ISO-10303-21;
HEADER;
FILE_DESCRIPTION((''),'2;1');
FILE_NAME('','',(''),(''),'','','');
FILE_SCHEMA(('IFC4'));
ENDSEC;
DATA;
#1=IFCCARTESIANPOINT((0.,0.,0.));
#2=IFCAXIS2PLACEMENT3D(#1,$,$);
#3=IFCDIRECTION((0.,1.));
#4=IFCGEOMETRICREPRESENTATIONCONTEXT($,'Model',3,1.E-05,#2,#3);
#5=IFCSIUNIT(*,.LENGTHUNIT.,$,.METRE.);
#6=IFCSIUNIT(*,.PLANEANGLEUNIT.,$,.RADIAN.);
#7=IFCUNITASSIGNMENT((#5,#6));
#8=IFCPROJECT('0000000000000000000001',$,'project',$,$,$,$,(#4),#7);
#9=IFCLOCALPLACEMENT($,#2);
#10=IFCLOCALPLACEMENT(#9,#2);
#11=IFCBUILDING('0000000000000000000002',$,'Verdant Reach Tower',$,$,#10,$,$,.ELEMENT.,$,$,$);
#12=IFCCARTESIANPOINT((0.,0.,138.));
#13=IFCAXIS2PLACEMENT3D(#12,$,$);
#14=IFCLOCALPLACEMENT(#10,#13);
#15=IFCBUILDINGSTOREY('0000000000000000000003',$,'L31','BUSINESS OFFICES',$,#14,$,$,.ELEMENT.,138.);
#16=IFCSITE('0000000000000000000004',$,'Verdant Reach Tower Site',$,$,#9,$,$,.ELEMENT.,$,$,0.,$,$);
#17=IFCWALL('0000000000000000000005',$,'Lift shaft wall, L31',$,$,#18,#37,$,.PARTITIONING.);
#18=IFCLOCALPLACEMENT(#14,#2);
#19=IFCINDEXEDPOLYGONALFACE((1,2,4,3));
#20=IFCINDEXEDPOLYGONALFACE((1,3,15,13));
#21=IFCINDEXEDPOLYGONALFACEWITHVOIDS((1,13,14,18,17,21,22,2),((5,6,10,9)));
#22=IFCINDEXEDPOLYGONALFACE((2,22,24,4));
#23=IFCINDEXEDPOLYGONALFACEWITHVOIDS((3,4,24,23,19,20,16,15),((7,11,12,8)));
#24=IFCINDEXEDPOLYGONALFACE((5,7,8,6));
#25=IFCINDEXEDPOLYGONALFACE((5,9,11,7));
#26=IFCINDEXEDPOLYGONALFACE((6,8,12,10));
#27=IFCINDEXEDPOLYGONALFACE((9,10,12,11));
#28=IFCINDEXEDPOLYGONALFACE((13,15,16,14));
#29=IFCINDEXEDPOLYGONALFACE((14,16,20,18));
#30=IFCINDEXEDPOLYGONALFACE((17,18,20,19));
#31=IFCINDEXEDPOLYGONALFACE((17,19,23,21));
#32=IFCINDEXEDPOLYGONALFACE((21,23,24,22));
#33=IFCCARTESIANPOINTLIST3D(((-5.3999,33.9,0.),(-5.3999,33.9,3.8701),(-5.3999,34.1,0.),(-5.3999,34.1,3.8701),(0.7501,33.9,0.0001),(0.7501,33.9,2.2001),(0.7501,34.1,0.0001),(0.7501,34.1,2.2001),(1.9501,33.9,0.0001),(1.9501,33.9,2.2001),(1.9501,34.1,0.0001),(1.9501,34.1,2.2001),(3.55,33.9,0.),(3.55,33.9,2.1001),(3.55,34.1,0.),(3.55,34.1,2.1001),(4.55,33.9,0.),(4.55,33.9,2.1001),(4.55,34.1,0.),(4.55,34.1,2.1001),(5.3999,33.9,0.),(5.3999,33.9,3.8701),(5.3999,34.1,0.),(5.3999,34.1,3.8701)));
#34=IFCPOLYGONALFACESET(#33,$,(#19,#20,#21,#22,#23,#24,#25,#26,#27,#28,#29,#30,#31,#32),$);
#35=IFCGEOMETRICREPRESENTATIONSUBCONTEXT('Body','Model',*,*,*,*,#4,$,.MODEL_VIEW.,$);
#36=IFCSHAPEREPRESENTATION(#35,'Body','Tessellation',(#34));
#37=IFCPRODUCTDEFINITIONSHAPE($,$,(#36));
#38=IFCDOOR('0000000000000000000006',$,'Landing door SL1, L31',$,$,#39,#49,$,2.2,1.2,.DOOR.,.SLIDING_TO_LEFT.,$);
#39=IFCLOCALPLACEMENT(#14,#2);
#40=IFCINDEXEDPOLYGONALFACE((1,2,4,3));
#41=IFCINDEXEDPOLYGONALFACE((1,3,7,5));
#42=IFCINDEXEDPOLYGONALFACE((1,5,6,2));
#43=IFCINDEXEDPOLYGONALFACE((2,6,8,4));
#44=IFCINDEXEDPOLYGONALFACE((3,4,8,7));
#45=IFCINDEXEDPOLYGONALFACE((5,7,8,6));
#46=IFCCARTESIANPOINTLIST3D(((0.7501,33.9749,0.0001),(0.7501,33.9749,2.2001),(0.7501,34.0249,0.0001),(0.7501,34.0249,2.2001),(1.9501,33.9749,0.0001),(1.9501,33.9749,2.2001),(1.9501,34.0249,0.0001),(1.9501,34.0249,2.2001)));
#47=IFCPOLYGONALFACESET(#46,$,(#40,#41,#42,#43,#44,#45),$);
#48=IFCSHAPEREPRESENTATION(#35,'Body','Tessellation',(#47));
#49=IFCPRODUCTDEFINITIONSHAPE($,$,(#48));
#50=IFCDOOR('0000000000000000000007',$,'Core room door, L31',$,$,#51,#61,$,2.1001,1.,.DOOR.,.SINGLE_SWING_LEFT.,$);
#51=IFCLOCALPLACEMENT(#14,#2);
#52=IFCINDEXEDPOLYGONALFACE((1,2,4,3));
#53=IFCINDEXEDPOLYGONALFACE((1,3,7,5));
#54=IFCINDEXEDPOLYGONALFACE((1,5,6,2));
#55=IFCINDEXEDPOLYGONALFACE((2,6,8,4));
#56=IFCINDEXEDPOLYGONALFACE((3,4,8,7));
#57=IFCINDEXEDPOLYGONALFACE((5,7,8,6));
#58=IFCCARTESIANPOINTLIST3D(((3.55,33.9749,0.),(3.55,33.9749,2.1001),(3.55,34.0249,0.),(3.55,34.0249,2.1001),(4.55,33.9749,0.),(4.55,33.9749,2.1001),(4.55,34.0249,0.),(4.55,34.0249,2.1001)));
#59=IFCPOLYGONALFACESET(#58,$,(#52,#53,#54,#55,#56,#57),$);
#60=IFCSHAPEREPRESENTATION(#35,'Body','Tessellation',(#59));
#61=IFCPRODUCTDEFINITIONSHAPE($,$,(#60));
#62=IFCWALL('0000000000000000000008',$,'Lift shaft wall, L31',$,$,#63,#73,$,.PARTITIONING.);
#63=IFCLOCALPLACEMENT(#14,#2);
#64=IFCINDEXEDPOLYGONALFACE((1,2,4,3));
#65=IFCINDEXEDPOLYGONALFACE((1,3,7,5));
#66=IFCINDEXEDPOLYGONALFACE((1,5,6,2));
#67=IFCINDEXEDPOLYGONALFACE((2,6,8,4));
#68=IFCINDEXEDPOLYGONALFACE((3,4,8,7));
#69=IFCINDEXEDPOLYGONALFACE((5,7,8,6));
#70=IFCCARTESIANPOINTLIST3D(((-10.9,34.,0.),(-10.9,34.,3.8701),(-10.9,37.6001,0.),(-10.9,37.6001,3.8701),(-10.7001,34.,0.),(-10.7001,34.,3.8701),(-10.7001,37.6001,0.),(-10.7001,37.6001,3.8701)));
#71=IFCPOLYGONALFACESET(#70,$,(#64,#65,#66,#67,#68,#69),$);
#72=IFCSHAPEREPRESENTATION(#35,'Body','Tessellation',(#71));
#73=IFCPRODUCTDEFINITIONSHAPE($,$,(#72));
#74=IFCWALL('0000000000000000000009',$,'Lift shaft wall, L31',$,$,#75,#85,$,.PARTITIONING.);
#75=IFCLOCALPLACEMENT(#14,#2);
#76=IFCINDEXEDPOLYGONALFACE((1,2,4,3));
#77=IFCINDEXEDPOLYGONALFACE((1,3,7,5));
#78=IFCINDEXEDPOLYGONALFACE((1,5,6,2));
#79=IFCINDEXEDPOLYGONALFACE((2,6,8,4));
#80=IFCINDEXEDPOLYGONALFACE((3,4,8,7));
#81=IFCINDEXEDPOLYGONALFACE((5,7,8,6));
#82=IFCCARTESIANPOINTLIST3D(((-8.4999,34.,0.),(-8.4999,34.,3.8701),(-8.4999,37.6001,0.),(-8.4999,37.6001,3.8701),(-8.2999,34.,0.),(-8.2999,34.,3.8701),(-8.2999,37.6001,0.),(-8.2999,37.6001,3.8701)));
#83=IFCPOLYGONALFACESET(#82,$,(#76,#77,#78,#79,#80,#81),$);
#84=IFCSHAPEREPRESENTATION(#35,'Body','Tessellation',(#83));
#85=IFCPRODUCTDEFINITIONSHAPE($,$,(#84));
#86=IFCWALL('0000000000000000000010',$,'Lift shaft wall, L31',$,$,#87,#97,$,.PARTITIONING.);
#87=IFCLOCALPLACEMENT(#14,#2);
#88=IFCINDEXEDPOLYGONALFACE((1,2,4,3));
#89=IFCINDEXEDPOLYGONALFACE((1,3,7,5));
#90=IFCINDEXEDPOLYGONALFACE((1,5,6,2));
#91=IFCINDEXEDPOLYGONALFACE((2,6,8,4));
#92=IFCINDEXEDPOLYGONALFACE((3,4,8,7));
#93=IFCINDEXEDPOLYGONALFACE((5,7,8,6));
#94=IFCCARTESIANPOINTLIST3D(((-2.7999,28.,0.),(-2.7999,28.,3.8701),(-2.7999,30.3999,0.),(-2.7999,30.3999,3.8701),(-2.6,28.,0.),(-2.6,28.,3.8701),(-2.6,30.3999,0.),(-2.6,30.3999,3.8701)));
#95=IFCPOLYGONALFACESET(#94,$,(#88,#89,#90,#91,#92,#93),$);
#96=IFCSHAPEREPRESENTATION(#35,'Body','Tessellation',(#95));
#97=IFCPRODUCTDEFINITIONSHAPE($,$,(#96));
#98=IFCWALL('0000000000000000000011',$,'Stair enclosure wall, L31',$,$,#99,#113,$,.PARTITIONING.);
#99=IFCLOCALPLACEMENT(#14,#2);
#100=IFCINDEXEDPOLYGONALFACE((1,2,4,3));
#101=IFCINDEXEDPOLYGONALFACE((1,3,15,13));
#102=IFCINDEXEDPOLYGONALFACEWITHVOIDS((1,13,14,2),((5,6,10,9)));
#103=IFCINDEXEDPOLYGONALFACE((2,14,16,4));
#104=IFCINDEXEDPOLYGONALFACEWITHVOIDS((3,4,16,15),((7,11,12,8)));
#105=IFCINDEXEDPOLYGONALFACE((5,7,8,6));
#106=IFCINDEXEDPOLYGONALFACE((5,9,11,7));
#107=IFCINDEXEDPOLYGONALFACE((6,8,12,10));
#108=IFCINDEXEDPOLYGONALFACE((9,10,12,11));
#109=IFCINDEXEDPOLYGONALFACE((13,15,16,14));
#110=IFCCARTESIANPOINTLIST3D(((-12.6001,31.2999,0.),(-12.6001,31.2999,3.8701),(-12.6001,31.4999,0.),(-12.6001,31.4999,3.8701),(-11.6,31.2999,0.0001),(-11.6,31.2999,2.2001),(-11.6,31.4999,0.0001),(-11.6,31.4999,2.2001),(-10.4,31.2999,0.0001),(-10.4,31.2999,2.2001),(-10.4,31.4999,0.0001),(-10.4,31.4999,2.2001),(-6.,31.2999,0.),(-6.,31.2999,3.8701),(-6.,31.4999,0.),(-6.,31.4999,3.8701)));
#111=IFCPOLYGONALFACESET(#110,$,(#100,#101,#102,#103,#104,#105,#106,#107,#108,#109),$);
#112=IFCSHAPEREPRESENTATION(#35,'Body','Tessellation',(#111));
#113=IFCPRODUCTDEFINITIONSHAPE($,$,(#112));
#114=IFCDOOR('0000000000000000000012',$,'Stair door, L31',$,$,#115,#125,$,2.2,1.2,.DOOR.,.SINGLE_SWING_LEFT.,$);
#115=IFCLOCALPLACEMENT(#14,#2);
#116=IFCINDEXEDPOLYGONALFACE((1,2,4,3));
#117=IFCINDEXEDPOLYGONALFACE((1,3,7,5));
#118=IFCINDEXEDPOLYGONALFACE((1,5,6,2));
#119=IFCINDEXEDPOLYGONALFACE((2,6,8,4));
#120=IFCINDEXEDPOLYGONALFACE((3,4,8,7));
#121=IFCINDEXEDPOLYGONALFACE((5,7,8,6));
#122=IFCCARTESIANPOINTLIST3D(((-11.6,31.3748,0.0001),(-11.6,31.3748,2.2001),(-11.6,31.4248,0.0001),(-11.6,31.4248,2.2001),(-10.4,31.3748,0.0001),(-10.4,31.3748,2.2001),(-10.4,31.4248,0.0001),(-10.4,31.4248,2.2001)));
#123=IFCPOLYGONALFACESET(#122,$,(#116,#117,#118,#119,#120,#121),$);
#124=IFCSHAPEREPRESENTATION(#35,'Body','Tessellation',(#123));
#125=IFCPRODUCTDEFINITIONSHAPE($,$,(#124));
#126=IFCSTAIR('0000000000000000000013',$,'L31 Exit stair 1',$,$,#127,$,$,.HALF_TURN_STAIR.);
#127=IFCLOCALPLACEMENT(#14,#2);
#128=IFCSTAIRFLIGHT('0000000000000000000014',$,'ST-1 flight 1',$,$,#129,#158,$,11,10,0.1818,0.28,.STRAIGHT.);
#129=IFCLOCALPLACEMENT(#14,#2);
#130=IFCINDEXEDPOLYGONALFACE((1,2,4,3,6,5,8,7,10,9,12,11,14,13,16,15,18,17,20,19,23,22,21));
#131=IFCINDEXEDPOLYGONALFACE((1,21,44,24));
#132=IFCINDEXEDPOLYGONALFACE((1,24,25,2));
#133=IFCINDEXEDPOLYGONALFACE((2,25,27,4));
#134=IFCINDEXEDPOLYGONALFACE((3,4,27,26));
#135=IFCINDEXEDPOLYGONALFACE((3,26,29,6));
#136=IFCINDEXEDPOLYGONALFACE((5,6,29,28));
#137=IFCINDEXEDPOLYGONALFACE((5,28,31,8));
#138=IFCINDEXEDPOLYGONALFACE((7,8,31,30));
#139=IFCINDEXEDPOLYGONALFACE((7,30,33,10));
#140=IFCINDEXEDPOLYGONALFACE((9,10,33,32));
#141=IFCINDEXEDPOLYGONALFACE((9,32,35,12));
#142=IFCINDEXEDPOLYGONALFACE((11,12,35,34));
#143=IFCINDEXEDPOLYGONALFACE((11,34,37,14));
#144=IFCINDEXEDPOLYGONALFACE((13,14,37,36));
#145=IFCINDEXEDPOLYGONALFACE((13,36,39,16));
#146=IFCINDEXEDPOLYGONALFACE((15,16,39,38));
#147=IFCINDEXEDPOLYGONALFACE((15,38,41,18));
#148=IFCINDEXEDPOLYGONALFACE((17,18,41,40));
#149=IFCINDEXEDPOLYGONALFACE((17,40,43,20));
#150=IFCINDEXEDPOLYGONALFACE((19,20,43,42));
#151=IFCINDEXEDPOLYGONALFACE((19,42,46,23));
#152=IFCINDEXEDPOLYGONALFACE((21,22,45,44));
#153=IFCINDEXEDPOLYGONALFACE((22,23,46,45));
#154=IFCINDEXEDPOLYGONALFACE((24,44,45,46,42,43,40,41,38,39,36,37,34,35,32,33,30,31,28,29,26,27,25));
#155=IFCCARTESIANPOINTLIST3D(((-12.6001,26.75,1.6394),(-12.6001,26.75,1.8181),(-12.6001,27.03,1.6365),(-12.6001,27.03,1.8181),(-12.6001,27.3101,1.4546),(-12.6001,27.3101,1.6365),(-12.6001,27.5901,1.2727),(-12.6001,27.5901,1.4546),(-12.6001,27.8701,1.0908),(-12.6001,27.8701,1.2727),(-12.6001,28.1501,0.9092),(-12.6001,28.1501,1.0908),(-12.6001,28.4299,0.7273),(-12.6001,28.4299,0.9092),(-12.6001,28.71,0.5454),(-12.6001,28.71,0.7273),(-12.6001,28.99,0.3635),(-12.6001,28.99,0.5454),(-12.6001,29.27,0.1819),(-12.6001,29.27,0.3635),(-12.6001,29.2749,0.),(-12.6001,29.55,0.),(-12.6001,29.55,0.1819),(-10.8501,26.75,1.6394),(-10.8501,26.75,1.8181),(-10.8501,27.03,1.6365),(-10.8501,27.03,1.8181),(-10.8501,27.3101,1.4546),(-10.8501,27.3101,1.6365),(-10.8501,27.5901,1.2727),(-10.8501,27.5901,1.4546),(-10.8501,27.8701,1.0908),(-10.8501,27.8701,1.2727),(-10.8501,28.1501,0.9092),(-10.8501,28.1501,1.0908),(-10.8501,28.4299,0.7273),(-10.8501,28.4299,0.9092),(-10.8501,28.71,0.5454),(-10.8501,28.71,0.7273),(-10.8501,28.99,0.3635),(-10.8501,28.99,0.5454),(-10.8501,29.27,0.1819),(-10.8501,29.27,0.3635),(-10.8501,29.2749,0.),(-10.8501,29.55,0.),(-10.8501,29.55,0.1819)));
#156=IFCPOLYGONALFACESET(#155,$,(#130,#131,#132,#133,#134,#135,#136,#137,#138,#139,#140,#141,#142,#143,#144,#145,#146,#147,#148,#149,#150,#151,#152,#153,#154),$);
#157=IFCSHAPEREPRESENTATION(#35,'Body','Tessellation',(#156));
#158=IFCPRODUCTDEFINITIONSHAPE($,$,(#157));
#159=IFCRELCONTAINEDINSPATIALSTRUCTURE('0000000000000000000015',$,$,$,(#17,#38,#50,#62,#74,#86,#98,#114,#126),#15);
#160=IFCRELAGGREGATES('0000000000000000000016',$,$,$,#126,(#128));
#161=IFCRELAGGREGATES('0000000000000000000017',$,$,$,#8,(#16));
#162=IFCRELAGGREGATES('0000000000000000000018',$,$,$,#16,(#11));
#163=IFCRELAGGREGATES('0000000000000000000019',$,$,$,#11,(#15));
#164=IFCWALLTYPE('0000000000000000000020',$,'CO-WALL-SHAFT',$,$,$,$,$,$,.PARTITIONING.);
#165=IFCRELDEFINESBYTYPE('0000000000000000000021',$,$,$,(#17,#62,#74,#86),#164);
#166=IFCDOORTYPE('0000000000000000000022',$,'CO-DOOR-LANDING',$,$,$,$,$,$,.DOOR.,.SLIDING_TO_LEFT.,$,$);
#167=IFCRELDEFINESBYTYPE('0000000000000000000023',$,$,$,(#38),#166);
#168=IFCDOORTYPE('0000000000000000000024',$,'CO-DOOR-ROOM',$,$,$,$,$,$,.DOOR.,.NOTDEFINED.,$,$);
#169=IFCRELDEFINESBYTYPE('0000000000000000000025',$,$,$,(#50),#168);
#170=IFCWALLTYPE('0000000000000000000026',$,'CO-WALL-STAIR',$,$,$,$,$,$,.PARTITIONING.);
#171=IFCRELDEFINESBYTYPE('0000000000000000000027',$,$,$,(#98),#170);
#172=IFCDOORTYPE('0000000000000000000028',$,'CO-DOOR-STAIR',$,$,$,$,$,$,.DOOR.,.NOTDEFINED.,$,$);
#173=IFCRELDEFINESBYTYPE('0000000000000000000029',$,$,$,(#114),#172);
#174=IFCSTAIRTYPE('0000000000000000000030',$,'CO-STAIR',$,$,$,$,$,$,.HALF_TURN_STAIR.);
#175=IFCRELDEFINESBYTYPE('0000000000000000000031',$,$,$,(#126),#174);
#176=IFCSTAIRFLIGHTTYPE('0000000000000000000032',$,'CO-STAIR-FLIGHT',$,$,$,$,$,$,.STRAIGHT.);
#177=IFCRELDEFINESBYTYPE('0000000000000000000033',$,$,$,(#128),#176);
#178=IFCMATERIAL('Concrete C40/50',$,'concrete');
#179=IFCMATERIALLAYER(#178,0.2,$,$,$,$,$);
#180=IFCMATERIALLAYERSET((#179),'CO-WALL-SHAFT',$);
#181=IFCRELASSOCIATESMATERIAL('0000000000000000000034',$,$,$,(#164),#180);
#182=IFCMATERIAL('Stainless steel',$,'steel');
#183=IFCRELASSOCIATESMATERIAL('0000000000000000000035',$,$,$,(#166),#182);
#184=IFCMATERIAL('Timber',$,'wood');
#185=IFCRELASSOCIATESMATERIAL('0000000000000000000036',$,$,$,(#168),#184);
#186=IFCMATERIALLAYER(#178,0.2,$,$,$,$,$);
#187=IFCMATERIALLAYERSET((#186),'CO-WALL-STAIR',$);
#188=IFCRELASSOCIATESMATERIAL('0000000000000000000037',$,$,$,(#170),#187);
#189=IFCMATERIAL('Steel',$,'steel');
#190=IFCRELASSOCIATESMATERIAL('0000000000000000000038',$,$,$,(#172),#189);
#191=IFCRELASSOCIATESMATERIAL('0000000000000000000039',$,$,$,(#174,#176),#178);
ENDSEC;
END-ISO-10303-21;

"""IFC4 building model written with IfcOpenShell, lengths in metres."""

from ifc_helpers import new_model, si_unit, direction, frame, frame_2d, origin, place, context, subcontext, project, spatial, polyline, rectangle, outline, extrude, material, layer, layer_set, type_object, element, fill, aggregate, save


model = new_model("IFC4")

# Units and contexts
model_context = context("Model", 3, precision=1e-05, world=origin(), true_north=direction((0.0, 1.0)))
body_context = subcontext(model_context, "Body", "Model", "MODEL_VIEW")
ifc_project = project(units=[si_unit("LENGTHUNIT", "METRE"), si_unit("PLANEANGLEUNIT", "RADIAN")], contexts=[model_context])

# Site, building, storey
site_placement = place(None, origin())
site = spatial("IfcSite", under=ifc_project, at=site_placement, Name="Verdant Reach Tower Site", CompositionType="ELEMENT", RefElevation=0.0)
building_placement = place(site_placement, origin())
building = spatial("IfcBuilding", under=site, at=building_placement, Name="Verdant Reach Tower", CompositionType="ELEMENT")
storey_placement = place(building_placement, frame((0.0, 0.0, 138.0)))
storey = spatial("IfcBuildingStorey", under=building, at=storey_placement, Name="L31", Description="BUSINESS OFFICES", CompositionType="ELEMENT", Elevation=138.0)

# Shared definitions
ifc_material_1 = material(Name="Concrete C40/50", Category="concrete")
ifc_layer_1 = layer(ifc_material_1, 0.2)
ifc_layer_set_1 = layer_set([ifc_layer_1], Name="CO-WALL-SHAFT")
wall_type_1 = type_object("IfcWallType", Name="CO-WALL-SHAFT", PredefinedType="PARTITIONING", material=ifc_layer_set_1)

# Wall, openings, doors
ifc_material_2 = material(Name="Stainless steel", Category="steel")
ifc_material_3 = material(Name="Steel", Category="steel")
wall_1_placement = place(storey_placement, frame((-5.3999, 34.0, 0.0), z_axis=(0.0, 0.0, 1.0), x_axis=(1.0, 0.0, 0.0)))
wall_1 = element("IfcWall", 1, at=wall_1_placement, inside=storey, type_object=wall_type_1, Name="Lift shaft wall, L31", PredefinedType="PARTITIONING", context=body_context, shape_type="SweptSolid", body=[
    extrude(rectangle(XDim=10.7998, YDim=0.2, at=frame_2d((5.3999, 0.0))), origin(), (0.0, 0.0, 1.0), 3.8701),
])
opening_1_placement = place(wall_1_placement, frame((6.1499, 0.0, 0.0)))
opening_1 = element("IfcOpeningElement", 2, at=opening_1_placement, cuts=wall_1, PredefinedType="OPENING", context=body_context, shape_type="SweptSolid", body=[
    extrude(rectangle(XDim=1.2, YDim=2.2, at=frame_2d((0.6001, 1.1001))), frame((0.0, 0.1099, 0.0), z_axis=(0.0, -1.0, 0.0), x_axis=(1.0, 0.0, 0.0)), (0.0, 0.0, 1.0), 0.22),
])
opening_2_placement = place(wall_1_placement, frame((8.95, 0.0, 0.0)))
opening_2 = element("IfcOpeningElement", 3, at=opening_2_placement, cuts=wall_1, PredefinedType="OPENING", context=body_context, shape_type="SweptSolid", body=[
    extrude(rectangle(XDim=1.0, YDim=2.1001, at=frame_2d((0.5, 1.05))), frame((0.0, 0.1099, 0.0), z_axis=(0.0, -1.0, 0.0), x_axis=(1.0, 0.0, 0.0)), (0.0, 0.0, 1.0), 0.22),
])
door_type_1 = type_object("IfcDoorType", Name="CO-DOOR-LANDING", OperationType="SLIDING_TO_LEFT", PredefinedType="DOOR", material=ifc_material_2)
door_1_placement = place(opening_1_placement, origin())
door_1 = element("IfcDoor", 4, at=door_1_placement, inside=storey, type_object=door_type_1, Name="Landing door SL1, L31", OperationType="SLIDING_TO_LEFT", OverallHeight=2.2, OverallWidth=1.2, PredefinedType="DOOR", context=body_context, shape_type="SweptSolid", body=[
    extrude(rectangle(XDim=1.2, YDim=2.2, at=frame_2d((0.6001, 1.1001))), frame((0.0, 0.0249, 0.0), z_axis=(0.0, -1.0, 0.0), x_axis=(1.0, 0.0, 0.0)), (0.0, 0.0, 1.0), 0.05),
])
fill(opening_1, door_1)
ifc_material_4 = material(Name="Timber", Category="wood")
door_type_2 = type_object("IfcDoorType", Name="CO-DOOR-ROOM", OperationType="NOTDEFINED", PredefinedType="DOOR", material=ifc_material_4)
door_2_placement = place(opening_2_placement, origin())
door_2 = element("IfcDoor", 5, at=door_2_placement, inside=storey, type_object=door_type_2, Name="Core room door, L31", OperationType="SINGLE_SWING_LEFT", OverallHeight=2.1001, OverallWidth=1.0, PredefinedType="DOOR", context=body_context, shape_type="SweptSolid", body=[
    extrude(rectangle(XDim=1.0, YDim=2.1001, at=frame_2d((0.5, 1.05))), frame((0.0, 0.0249, 0.0), z_axis=(0.0, -1.0, 0.0), x_axis=(1.0, 0.0, 0.0)), (0.0, 0.0, 1.0), 0.05),
])
fill(opening_2, door_2)

# Walls
for number, where, z_axis, x_axis, name in (
    (6, (-10.8, 34.0, 0.0), (0.0, 0.0, 1.0), (0.0, 1.0, 0.0), "Lift shaft wall, L31"),
    (7, (-8.3999, 34.0, 0.0), (0.0, 0.0, 1.0), (0.0, 1.0, 0.0), "Lift shaft wall, L31"),
):
    element("IfcWall", number, at=place(storey_placement, frame(where, z_axis=z_axis, x_axis=x_axis)), inside=storey, type_object=wall_type_1, Name=name, PredefinedType="PARTITIONING", context=body_context, shape_type="SweptSolid", body=[
        extrude(rectangle(XDim=3.6001, YDim=0.2, at=frame_2d((1.8, 0.0))), origin(), (0.0, 0.0, 1.0), 3.8701),
    ])
wall_2_placement = place(storey_placement, frame((-2.7, 28.0, 0.0), z_axis=(0.0, 0.0, 1.0), x_axis=(0.0, 1.0, 0.0)))
element("IfcWall", 8, at=wall_2_placement, inside=storey, type_object=wall_type_1, Name="Lift shaft wall, L31", PredefinedType="PARTITIONING", context=body_context, shape_type="SweptSolid", body=[
    extrude(rectangle(XDim=2.3999, YDim=0.2, at=frame_2d((1.2, 0.0))), origin(), (0.0, 0.0, 1.0), 3.8701),
])

# Wall, opening, door
ifc_layer_2 = layer(ifc_material_1, 0.2)
ifc_layer_set_2 = layer_set([ifc_layer_2], Name="CO-WALL-STAIR")
wall_type_2 = type_object("IfcWallType", Name="CO-WALL-STAIR", PredefinedType="PARTITIONING", material=ifc_layer_set_2)
wall_3_placement = place(storey_placement, frame((-12.6001, 31.3999, 0.0), z_axis=(0.0, 0.0, 1.0), x_axis=(1.0, 0.0, 0.0)))
wall_3 = element("IfcWall", 9, at=wall_3_placement, inside=storey, type_object=wall_type_2, Name="Stair enclosure wall, L31", PredefinedType="PARTITIONING", context=body_context, shape_type="SweptSolid", body=[
    extrude(rectangle(XDim=6.6001, YDim=0.2, at=frame_2d((3.3, 0.0))), origin(), (0.0, 0.0, 1.0), 3.8701),
])
opening_3_placement = place(wall_3_placement, frame((1.0, 0.0, 0.0)))
opening_3 = element("IfcOpeningElement", 10, at=opening_3_placement, cuts=wall_3, PredefinedType="OPENING", context=body_context, shape_type="SweptSolid", body=[
    extrude(rectangle(XDim=1.2, YDim=2.2, at=frame_2d((0.6001, 1.1001))), frame((0.0, 0.1099, 0.0), z_axis=(0.0, -1.0, 0.0), x_axis=(1.0, 0.0, 0.0)), (0.0, 0.0, 1.0), 0.22),
])
door_type_3 = type_object("IfcDoorType", Name="CO-DOOR-STAIR", OperationType="NOTDEFINED", PredefinedType="DOOR", material=ifc_material_3)
door_3_placement = place(opening_3_placement, origin())
door_3 = element("IfcDoor", 11, at=door_3_placement, inside=storey, type_object=door_type_3, Name="Stair door, L31", OperationType="SINGLE_SWING_LEFT", OverallHeight=2.2, OverallWidth=1.2, PredefinedType="DOOR", context=body_context, shape_type="SweptSolid", body=[
    extrude(rectangle(XDim=1.2, YDim=2.2, at=frame_2d((0.6001, 1.1001))), frame((0.0, 0.0249, 0.0), z_axis=(0.0, -1.0, 0.0), x_axis=(1.0, 0.0, 0.0)), (0.0, 0.0, 1.0), 0.05),
])
fill(opening_3, door_3)

# Stair, stair flight
stair_type = type_object("IfcStairType", Name="CO-STAIR", PredefinedType="HALF_TURN_STAIR", material=ifc_material_1)
stair_placement = place(storey_placement, origin())
stair = element("IfcStair", 12, at=stair_placement, inside=storey, type_object=stair_type, Name="L31 Exit stair 1", PredefinedType="HALF_TURN_STAIR")
stair_flight_type = type_object("IfcStairFlightType", Name="CO-STAIR-FLIGHT", PredefinedType="STRAIGHT", material=ifc_material_1)
stair_flight_placement = place(storey_placement, frame((-11.7251, 29.55, 0.0), z_axis=(0.0, 0.0, 1.0), x_axis=(0.0, -1.0, 0.0)))
stair_flight = element("IfcStairFlight", 13, at=stair_flight_placement, type_object=stair_flight_type, Name="ST-1 flight 1", NumberOfRisers=11, NumberOfTreads=10, PredefinedType="STRAIGHT", RiserHeight=0.1818, TreadLength=0.28, context=body_context, shape_type="SweptSolid", body=[
    extrude(outline(polyline([(0.0, 0.0), (0.0, 0.1819), (0.28, 0.1819), (0.28, 0.3635), (0.5601, 0.3635), (0.5601, 0.5454), (0.8401, 0.5454), (0.8401, 0.7273), (1.1201, 0.7273), (1.1201, 0.9092), (1.3999, 0.9092), (1.3999, 1.0908), (1.6799, 1.0908), (1.6799, 1.2727), (1.96, 1.2727), (1.96, 1.4546), (2.24, 1.4546), (2.24, 1.6365), (2.52, 1.6365), (2.52, 1.8181), (2.8, 1.8181), (2.8, 2.0), (2.8, 1.6394), (0.2751, 0.0), (0.0, 0.0)])), frame((0.0, 0.875, 0.0), z_axis=(0.0, -1.0, 0.0), x_axis=(1.0, 0.0, 0.0)), (0.0, 0.0, 1.0), 1.75),
])
aggregate(stair, [stair_flight])

save(model, "model.ifc")
